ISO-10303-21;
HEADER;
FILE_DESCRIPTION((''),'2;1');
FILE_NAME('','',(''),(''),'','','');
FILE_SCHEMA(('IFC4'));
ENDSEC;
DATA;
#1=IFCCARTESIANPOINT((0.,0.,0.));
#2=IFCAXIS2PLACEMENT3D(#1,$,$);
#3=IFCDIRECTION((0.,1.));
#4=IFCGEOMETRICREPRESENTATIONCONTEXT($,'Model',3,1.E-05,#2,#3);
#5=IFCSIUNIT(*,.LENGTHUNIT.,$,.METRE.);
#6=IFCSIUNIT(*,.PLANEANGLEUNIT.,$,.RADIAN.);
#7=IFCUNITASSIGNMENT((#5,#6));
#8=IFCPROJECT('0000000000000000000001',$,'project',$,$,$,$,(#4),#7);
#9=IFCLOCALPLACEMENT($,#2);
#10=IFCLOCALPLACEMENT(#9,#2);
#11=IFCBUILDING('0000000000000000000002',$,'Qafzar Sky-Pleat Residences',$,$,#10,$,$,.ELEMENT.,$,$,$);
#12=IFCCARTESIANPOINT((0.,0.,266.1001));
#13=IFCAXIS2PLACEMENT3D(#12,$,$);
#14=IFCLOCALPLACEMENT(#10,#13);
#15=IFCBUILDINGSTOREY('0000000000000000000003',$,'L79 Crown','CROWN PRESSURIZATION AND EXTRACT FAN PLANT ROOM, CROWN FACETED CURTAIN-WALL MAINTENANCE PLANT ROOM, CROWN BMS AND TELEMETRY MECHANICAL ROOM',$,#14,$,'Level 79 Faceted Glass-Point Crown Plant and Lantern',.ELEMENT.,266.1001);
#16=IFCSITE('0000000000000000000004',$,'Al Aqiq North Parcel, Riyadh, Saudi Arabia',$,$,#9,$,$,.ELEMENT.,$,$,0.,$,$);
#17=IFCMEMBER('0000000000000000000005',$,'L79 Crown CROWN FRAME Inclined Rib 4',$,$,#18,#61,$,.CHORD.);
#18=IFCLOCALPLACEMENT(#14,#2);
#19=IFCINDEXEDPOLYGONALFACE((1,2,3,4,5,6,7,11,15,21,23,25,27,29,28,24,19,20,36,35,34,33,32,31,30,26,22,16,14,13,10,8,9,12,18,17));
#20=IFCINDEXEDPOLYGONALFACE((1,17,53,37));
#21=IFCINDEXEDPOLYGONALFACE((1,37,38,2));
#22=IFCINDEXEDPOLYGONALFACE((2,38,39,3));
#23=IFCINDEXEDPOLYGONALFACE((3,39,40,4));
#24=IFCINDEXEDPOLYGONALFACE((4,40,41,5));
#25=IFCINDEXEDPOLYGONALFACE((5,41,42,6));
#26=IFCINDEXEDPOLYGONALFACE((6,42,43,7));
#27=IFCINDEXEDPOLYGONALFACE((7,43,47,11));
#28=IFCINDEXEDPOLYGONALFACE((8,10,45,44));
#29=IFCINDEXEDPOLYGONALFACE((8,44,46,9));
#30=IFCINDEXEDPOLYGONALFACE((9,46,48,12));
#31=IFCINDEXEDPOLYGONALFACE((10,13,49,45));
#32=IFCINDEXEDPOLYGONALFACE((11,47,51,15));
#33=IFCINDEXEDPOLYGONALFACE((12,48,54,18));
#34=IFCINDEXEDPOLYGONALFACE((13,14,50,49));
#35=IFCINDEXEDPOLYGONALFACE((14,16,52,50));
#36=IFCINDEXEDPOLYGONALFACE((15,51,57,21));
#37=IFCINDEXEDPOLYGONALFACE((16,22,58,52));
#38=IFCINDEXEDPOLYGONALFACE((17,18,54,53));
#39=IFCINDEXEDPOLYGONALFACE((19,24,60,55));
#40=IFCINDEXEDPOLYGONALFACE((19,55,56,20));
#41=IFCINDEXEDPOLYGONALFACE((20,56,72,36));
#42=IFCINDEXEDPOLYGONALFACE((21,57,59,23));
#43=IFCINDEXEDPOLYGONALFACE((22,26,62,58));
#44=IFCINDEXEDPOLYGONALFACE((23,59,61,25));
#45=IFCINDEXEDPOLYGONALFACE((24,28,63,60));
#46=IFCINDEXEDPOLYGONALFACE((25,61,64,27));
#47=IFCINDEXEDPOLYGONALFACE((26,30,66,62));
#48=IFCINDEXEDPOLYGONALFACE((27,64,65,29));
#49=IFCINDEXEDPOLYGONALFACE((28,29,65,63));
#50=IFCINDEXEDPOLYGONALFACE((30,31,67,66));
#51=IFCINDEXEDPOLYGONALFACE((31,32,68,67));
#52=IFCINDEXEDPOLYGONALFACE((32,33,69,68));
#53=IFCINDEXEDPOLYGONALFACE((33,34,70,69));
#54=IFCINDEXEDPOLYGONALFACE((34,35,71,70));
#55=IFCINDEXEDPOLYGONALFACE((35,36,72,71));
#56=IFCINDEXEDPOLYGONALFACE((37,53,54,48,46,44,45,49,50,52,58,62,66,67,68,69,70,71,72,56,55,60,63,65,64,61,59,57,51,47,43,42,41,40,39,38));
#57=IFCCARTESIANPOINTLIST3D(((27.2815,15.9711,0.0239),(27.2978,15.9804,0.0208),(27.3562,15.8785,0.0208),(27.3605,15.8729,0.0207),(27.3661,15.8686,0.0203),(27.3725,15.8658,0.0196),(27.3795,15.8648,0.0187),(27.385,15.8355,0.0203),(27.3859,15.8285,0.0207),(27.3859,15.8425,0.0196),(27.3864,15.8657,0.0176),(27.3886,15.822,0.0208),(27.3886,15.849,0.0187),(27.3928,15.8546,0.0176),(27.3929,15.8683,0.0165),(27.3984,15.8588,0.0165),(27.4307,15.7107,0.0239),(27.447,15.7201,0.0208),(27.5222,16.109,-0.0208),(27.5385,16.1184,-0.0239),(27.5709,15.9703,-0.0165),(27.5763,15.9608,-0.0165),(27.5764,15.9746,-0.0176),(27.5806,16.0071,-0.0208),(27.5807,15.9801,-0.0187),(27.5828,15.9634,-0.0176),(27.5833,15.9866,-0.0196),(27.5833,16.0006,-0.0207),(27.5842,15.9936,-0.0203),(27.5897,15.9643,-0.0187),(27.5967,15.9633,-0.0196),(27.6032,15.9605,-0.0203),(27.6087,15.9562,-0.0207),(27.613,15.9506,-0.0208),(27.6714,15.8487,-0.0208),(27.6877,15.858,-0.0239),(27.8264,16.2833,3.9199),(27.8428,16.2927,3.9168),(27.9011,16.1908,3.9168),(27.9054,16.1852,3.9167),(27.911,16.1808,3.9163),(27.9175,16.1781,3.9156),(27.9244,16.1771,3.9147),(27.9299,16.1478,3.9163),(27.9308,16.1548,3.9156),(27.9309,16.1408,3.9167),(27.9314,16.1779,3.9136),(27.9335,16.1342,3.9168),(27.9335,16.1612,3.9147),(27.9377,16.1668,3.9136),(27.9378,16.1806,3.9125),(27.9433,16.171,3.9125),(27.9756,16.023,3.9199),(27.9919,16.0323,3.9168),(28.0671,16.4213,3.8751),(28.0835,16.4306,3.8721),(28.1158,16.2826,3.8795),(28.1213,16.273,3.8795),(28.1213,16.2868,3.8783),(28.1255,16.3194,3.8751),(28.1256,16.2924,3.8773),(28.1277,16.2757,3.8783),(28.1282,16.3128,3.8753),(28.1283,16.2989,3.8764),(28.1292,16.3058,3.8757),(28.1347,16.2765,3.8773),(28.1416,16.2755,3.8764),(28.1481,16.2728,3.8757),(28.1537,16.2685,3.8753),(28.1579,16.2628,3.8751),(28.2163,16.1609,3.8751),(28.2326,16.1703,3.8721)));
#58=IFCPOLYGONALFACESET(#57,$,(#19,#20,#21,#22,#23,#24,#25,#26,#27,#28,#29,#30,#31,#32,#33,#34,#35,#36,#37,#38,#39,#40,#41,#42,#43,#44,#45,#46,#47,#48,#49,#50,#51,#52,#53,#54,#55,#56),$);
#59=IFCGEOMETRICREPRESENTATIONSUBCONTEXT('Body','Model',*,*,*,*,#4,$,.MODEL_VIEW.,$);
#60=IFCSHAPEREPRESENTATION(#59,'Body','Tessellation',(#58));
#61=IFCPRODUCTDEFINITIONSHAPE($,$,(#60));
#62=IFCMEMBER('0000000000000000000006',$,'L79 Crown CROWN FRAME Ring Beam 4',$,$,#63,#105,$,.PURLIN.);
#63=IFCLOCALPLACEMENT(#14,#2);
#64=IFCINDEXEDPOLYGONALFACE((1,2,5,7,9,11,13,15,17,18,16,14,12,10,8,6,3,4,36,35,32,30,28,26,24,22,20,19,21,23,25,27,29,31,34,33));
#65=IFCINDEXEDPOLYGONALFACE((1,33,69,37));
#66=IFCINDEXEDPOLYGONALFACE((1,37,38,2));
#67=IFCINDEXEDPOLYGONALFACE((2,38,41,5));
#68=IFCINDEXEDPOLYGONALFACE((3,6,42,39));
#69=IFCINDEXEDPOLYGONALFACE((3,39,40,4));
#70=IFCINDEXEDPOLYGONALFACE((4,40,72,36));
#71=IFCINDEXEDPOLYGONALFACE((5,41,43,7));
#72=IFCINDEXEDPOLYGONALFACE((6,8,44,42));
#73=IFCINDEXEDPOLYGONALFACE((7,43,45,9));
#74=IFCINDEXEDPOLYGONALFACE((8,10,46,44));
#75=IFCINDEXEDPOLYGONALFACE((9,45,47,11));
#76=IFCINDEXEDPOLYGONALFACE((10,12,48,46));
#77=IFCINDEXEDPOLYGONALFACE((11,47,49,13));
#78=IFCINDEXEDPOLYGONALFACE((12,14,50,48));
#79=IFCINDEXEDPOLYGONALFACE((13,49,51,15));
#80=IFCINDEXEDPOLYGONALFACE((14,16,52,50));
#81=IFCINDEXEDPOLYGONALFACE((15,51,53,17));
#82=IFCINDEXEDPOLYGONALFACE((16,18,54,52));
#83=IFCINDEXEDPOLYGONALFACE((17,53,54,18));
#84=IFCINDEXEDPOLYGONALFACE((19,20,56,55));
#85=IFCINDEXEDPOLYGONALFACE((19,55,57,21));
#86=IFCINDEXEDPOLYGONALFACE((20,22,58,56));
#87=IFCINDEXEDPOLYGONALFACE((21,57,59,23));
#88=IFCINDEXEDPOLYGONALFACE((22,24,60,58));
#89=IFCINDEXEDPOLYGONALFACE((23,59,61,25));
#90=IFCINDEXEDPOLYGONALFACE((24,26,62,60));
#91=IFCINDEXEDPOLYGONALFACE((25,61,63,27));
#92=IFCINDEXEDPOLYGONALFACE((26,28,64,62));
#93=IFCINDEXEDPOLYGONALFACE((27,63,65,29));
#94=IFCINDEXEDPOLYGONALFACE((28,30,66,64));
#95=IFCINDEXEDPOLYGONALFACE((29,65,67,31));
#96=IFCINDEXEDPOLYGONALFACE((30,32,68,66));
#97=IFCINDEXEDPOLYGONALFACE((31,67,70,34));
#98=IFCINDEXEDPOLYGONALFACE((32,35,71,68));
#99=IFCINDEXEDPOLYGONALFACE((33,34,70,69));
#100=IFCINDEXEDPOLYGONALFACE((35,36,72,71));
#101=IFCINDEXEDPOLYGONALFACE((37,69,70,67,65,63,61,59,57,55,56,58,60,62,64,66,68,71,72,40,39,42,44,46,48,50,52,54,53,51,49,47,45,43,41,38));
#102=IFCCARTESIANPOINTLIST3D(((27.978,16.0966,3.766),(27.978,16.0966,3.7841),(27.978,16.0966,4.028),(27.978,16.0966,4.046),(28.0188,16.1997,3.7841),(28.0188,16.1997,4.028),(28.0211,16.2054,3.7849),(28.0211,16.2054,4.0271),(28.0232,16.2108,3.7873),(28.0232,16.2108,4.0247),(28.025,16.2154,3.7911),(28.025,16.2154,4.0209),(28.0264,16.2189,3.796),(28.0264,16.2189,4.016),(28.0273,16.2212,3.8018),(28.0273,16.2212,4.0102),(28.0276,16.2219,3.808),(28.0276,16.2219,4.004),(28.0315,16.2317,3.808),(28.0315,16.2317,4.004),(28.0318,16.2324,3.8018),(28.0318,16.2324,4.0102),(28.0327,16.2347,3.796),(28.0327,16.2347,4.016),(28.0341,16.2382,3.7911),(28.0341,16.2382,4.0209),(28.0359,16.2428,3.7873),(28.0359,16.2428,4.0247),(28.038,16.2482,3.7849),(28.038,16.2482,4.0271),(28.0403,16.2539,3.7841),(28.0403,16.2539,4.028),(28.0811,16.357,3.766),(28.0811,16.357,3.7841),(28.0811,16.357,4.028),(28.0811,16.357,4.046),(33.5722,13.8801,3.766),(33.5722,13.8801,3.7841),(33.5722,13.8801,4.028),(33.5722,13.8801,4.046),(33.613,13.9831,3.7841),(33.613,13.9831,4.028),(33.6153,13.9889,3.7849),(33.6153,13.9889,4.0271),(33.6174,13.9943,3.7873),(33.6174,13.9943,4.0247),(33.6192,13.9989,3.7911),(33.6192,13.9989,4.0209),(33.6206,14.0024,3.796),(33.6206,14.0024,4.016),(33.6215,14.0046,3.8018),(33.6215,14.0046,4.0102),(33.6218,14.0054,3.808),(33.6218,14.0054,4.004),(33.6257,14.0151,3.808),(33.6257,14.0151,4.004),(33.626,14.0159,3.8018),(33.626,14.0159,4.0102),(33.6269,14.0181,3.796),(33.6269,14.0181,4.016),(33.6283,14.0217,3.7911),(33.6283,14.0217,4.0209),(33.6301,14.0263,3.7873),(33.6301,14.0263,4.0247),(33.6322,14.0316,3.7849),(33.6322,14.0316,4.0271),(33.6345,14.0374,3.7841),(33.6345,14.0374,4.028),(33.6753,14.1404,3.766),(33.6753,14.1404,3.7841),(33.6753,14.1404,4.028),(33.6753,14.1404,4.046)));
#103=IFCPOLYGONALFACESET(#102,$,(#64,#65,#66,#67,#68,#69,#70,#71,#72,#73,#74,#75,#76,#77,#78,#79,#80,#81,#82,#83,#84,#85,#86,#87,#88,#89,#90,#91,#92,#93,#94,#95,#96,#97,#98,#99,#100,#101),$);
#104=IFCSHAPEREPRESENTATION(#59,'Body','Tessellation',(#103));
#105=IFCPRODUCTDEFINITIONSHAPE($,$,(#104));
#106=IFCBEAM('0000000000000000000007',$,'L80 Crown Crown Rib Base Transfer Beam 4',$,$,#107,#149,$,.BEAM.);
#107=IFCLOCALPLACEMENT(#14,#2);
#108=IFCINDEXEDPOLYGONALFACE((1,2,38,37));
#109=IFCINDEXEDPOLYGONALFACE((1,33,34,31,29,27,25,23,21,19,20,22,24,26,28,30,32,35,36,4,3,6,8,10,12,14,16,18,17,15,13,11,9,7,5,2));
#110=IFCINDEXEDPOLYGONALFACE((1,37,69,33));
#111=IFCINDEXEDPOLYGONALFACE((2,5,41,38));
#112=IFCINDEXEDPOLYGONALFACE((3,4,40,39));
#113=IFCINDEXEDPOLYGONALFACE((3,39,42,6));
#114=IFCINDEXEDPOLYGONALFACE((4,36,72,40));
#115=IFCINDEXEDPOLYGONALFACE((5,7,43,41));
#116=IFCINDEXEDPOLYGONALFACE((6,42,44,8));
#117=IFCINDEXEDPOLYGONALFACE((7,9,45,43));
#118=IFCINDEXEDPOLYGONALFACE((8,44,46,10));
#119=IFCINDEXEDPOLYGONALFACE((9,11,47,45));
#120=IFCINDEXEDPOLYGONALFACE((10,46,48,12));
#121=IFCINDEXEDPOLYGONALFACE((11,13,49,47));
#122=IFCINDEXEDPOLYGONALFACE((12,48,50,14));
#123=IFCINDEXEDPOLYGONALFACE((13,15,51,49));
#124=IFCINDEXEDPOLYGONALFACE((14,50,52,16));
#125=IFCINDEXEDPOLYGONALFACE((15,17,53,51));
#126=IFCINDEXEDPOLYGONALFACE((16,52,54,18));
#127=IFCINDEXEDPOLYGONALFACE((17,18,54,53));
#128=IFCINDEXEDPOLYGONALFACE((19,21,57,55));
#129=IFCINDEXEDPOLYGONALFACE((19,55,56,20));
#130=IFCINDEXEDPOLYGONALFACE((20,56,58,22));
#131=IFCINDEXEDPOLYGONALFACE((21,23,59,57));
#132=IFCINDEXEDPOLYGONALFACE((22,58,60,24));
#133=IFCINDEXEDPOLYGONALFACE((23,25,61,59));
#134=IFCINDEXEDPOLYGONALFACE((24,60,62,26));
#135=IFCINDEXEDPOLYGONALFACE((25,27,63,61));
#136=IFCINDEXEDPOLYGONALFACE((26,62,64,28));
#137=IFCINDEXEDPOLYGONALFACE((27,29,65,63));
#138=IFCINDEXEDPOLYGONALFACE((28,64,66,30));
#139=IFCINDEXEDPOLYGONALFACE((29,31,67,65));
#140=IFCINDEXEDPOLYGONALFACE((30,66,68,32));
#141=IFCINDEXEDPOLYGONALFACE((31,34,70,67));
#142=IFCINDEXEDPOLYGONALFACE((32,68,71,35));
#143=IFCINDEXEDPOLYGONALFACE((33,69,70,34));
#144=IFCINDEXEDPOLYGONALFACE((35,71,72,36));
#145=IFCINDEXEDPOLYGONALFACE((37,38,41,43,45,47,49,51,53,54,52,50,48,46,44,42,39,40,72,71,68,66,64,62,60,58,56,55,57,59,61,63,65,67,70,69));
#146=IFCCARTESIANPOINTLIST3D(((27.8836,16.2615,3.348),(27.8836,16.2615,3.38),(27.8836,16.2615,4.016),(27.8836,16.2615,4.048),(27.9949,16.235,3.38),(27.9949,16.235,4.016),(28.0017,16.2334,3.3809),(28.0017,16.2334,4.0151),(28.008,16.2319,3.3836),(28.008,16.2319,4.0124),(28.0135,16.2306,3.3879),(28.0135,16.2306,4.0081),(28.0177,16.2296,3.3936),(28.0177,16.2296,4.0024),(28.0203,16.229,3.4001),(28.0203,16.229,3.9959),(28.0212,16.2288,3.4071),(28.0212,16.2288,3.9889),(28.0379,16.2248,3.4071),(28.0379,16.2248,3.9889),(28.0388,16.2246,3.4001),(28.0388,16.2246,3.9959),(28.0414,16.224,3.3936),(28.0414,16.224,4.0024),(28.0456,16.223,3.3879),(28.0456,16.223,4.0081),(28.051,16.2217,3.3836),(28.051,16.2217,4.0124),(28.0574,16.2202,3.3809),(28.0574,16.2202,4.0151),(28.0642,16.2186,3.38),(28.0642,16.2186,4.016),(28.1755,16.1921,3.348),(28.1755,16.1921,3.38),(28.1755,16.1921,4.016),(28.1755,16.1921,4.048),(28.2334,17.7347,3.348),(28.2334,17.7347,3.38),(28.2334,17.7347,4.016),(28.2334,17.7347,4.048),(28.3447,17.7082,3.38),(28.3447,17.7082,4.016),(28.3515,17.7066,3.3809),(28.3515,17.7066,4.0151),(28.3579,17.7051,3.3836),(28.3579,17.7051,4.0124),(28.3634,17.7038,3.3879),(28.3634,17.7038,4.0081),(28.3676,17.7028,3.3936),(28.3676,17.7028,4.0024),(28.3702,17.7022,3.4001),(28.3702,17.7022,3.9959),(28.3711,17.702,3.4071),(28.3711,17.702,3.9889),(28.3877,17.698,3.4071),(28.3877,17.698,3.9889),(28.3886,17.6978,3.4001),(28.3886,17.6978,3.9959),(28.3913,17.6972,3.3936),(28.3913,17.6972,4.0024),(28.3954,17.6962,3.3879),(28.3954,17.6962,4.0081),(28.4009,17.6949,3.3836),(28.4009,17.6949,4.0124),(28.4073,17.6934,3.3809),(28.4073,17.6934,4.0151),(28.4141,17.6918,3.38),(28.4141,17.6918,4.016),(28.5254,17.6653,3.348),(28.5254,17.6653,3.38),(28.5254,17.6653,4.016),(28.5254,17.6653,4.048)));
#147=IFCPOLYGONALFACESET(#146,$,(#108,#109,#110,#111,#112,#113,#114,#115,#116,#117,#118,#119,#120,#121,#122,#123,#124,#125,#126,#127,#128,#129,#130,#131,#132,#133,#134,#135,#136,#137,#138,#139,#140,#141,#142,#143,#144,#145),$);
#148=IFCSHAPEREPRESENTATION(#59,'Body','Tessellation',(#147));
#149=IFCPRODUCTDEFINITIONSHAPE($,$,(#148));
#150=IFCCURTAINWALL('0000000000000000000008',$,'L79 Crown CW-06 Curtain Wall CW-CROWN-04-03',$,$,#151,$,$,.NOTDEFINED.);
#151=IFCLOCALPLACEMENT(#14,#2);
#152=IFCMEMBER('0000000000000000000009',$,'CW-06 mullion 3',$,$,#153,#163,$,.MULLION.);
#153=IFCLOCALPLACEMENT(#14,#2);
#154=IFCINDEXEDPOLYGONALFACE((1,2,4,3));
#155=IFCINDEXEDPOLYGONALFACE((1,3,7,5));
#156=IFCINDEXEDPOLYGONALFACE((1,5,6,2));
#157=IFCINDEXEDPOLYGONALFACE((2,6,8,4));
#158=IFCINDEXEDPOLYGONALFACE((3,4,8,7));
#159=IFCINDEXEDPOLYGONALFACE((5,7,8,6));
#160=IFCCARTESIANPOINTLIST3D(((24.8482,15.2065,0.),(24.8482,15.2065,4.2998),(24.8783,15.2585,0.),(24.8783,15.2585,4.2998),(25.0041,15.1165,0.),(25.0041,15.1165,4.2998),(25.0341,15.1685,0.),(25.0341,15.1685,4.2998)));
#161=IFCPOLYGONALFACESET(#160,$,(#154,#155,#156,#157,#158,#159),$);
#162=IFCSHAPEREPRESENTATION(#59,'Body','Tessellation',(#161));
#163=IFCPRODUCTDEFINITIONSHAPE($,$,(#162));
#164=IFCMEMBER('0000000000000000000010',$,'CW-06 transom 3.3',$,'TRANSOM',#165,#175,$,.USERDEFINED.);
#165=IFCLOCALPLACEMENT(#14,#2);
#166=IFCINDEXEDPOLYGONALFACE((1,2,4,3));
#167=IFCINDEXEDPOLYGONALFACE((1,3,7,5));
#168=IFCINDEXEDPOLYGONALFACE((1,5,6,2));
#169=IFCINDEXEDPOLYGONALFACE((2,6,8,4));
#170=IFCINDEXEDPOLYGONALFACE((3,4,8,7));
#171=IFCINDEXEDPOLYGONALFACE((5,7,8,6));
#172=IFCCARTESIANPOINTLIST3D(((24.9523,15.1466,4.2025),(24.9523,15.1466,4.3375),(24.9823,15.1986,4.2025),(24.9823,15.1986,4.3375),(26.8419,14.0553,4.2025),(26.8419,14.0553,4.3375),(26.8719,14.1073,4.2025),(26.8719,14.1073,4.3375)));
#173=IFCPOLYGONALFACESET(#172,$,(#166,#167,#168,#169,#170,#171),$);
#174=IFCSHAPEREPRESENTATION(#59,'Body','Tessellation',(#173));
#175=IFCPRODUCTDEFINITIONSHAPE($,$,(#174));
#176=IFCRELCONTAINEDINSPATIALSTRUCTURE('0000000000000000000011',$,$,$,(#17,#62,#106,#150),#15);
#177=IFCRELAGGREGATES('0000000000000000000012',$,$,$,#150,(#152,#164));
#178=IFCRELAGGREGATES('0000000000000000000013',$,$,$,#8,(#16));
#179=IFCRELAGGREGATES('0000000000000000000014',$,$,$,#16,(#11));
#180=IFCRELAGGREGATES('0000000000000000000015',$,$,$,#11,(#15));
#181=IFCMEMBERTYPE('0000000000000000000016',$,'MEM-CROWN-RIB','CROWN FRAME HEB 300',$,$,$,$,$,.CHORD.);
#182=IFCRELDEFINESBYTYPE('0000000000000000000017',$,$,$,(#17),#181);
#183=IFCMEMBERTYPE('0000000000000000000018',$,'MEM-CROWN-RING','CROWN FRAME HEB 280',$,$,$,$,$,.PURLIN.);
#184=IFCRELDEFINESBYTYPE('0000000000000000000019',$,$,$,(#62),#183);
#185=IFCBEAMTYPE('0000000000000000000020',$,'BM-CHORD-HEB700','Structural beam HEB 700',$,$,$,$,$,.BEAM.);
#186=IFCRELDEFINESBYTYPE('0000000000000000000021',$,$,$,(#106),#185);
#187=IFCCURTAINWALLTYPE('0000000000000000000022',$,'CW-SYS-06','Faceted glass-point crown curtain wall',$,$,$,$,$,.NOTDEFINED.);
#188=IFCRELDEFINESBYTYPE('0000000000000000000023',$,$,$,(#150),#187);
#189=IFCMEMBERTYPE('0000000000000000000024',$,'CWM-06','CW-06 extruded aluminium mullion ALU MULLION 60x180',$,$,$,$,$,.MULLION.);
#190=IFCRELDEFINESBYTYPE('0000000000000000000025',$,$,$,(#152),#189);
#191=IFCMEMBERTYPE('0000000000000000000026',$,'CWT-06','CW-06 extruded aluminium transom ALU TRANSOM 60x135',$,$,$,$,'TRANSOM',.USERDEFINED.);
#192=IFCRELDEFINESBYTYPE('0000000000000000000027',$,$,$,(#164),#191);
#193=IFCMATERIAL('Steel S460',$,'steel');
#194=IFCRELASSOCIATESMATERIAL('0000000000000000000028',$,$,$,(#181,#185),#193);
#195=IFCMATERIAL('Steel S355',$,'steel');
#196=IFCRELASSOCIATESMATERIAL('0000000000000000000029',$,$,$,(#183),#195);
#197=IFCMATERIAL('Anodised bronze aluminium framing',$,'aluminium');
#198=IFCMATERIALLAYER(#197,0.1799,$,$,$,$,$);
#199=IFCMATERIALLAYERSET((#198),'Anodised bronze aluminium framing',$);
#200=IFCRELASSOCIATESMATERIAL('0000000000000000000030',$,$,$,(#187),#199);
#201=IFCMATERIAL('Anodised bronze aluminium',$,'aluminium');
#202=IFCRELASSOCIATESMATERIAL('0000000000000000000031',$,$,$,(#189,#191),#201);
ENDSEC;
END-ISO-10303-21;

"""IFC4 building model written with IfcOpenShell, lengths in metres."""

from ifc_helpers import new_model, si_unit, direction, frame, origin, origin_2d, place, context, subcontext, project, spatial, rectangle, i_section, extrude, source, transform, mapped, material, layer, layer_set, material_profile, profile_set, type_object, element, aggregate, save


model = new_model("IFC4")

# Units and contexts
model_context = context("Model", 3, precision=1e-05, world=origin(), true_north=direction((0.0, 1.0)))
body_context = subcontext(model_context, "Body", "Model", "MODEL_VIEW")
ifc_project = project(units=[si_unit("LENGTHUNIT", "METRE"), si_unit("PLANEANGLEUNIT", "RADIAN")], contexts=[model_context])

# Site, building, storey
site_placement = place(None, origin())
site = spatial("IfcSite", under=ifc_project, at=site_placement, Name="Al Aqiq North Parcel, Riyadh, Saudi Arabia", CompositionType="ELEMENT", RefElevation=0.0)
building_placement = place(site_placement, origin())
building = spatial("IfcBuilding", under=site, at=building_placement, Name="Qafzar Sky-Pleat Residences", CompositionType="ELEMENT")
storey_placement = place(building_placement, frame((0.0, 0.0, 266.1001)))
storey = spatial("IfcBuildingStorey", under=building, at=storey_placement, Name="L79 Crown", Description="CROWN PRESSURIZATION AND EXTRACT FAN PLANT ROOM, CROWN FACETED CURTAIN-WALL MAINTENANCE PLANT ROOM, CROWN BMS AND TELEMETRY MECHANICAL ROOM", LongName="Level 79 Faceted Glass-Point Crown Plant and Lantern", CompositionType="ELEMENT", Elevation=266.1001)

# Members
ifc_material_1 = material(Name="Steel S460", Category="steel")
ifc_material_profile_1 = material_profile(ifc_material_1, i_section(OverallWidth=0.3, OverallDepth=0.3, WebThickness=0.011, FlangeThickness=0.019, FilletRadius=0.0271, at=origin_2d()), Name="HEB 300")
ifc_profile_set_1 = profile_set([ifc_material_profile_1], Name="Steel S460")
member_type_1 = type_object("IfcMemberType", Name="MEM-CROWN-RIB", Description="CROWN FRAME HEB 300", PredefinedType="CHORD", material=ifc_profile_set_1)
shared_shape_1 = source(origin(), body_context, "Body", "SweptSolid", [
    extrude(i_section(OverallWidth=0.3, OverallDepth=0.3, WebThickness=0.011, FlangeThickness=0.019, FilletRadius=0.0271, at=origin_2d()), origin(), (0.0, 0.0, 1.0), 3.9463),
])
member_1_placement = place(storey_placement, frame((27.4846, 15.9146, 0.0), z_axis=(0.138084, 0.079126, 0.987255), x_axis=(-0.497185, 0.867644, 0.0)))
element("IfcMember", 1, at=member_1_placement, inside=storey, type_object=member_type_1, Name="L79 Crown CROWN FRAME Inclined Rib 4", PredefinedType="CHORD", context=body_context, shape_type="MappedRepresentation", body=[
    mapped(shared_shape_1, transform((0.0, 0.0, 0.0), x_axis=(1.0, 0.0, 0.0), y_axis=(0.0, 1.0, 0.0), z_axis=(0.0, 0.0, 1.0), scale=1.0)),
])
ifc_material_2 = material(Name="Steel S355", Category="steel")
ifc_material_profile_2 = material_profile(ifc_material_2, i_section(OverallWidth=0.28, OverallDepth=0.28, WebThickness=0.0105, FlangeThickness=0.0181, FilletRadius=0.0239, at=origin_2d()), Name="HEB 280")
ifc_profile_set_2 = profile_set([ifc_material_profile_2], Name="Steel S355")
member_type_2 = type_object("IfcMemberType", Name="MEM-CROWN-RING", Description="CROWN FRAME HEB 280", PredefinedType="PURLIN", material=ifc_profile_set_2)
shared_shape_2 = source(origin(), body_context, "Body", "SweptSolid", [
    extrude(i_section(OverallWidth=0.28, OverallDepth=0.28, WebThickness=0.0105, FlangeThickness=0.0181, FilletRadius=0.0239, at=origin_2d()), origin(), (0.0, 0.0, 1.0), 6.0173),
])
member_2_placement = place(storey_placement, frame((28.0295, 16.2268, 3.906), z_axis=(0.929683, -0.36836, 0.0), x_axis=(0.36836, 0.929683, 0.0)))
element("IfcMember", 2, at=member_2_placement, inside=storey, type_object=member_type_2, Name="L79 Crown CROWN FRAME Ring Beam 4", PredefinedType="PURLIN", context=body_context, shape_type="MappedRepresentation", body=[
    mapped(shared_shape_2, transform((0.0, 0.0, 0.0), x_axis=(1.0, 0.0, 0.0), y_axis=(0.0, 1.0, 0.0), z_axis=(0.0, 0.0, 1.0), scale=1.0)),
])

# Beam
ifc_material_profile_3 = material_profile(ifc_material_1, i_section(OverallWidth=0.3, OverallDepth=0.7, WebThickness=0.0171, FlangeThickness=0.032, FilletRadius=0.0271, at=origin_2d()), Name="HEB 700")
ifc_profile_set_3 = profile_set([ifc_material_profile_3], Name="Steel S460")
beam_type = type_object("IfcBeamType", Name="BM-CHORD-HEB700", Description="Structural beam HEB 700", PredefinedType="BEAM", material=ifc_profile_set_3)
shared_shape_3 = source(origin(), body_context, "Body", "SweptSolid", [
    extrude(i_section(OverallWidth=0.3, OverallDepth=0.7, WebThickness=0.0171, FlangeThickness=0.032, FilletRadius=0.0271, at=origin_2d()), origin(), (0.0, 0.0, 1.0), 1.5142),
])
beam_placement = place(storey_placement, frame((28.0295, 16.2268, 3.698), z_axis=(0.231061, 0.972939, 0.0), x_axis=(-0.972939, 0.231061, 0.0)))
element("IfcBeam", 3, at=beam_placement, inside=storey, type_object=beam_type, Name="L80 Crown Crown Rib Base Transfer Beam 4", PredefinedType="BEAM", context=body_context, shape_type="MappedRepresentation", body=[
    mapped(shared_shape_3, transform((0.0, 0.0, 0.0), x_axis=(1.0, 0.0, 0.0), y_axis=(0.0, 1.0, 0.0), z_axis=(0.0, 0.0, 1.0), scale=1.0)),
])

# Curtain wall, members
ifc_material_3 = material(Name="Anodised bronze aluminium framing", Category="aluminium")
ifc_layer_1 = layer(ifc_material_3, 0.1799)
ifc_layer_set_1 = layer_set([ifc_layer_1], Name="Anodised bronze aluminium framing")
curtain_wall_type = type_object("IfcCurtainWallType", Name="CW-SYS-06", Description="Faceted glass-point crown curtain wall", PredefinedType="NOTDEFINED", material=ifc_layer_set_1)
curtain_wall_placement = place(storey_placement, origin())
curtain_wall = element("IfcCurtainWall", 4, at=curtain_wall_placement, inside=storey, type_object=curtain_wall_type, Name="L79 Crown CW-06 Curtain Wall CW-CROWN-04-03", PredefinedType="NOTDEFINED")
ifc_material_4 = material(Name="Anodised bronze aluminium", Category="aluminium")
ifc_material_profile_4 = material_profile(ifc_material_4, rectangle(XDim=0.0601, YDim=0.1799, at=origin_2d()), Name="ALU MULLION 60x180")
ifc_profile_set_4 = profile_set([ifc_material_profile_4], Name="Anodised bronze aluminium")
member_type_3 = type_object("IfcMemberType", Name="CWM-06", Description="CW-06 extruded aluminium mullion ALU MULLION 60x180", PredefinedType="MULLION", material=ifc_profile_set_4)
shared_shape_4 = source(origin(), body_context, "Body", "SweptSolid", [
    extrude(rectangle(XDim=0.0601, YDim=0.1799, at=origin_2d()), origin(), (0.0, 0.0, 1.0), 4.2998),
])
member_3_placement = place(storey_placement, frame((24.9412, 15.1875, 0.0), z_axis=(0.0, 0.0, 1.0), x_axis=(0.500003, 0.866024, 0.0)))
member_3 = element("IfcMember", 5, at=member_3_placement, type_object=member_type_3, Name="CW-06 mullion 3", PredefinedType="MULLION", context=body_context, shape_type="MappedRepresentation", body=[
    mapped(shared_shape_4, transform((0.0, 0.0, 0.0), x_axis=(1.0, 0.0, 0.0), y_axis=(0.0, 1.0, 0.0), z_axis=(0.0, 0.0, 1.0), scale=1.0)),
])
ifc_material_profile_5 = material_profile(ifc_material_4, rectangle(XDim=0.0601, YDim=0.135, at=origin_2d()), Name="ALU TRANSOM 60x135")
ifc_profile_set_5 = profile_set([ifc_material_profile_5], Name="Anodised bronze aluminium")
member_type_4 = type_object("IfcMemberType", Name="CWT-06", Description="CW-06 extruded aluminium transom ALU TRANSOM 60x135", ElementType="TRANSOM", PredefinedType="USERDEFINED", material=ifc_profile_set_5)
shared_shape_5 = source(origin(), body_context, "Body", "SweptSolid", [
    extrude(rectangle(XDim=0.0601, YDim=0.135, at=origin_2d()), origin(), (0.0, 0.0, 1.0), 2.1821),
])
member_4_placement = place(storey_placement, frame((24.9673, 15.1726, 4.27), z_axis=(0.865962, -0.50011, 0.0), x_axis=(0.50011, 0.865962, 0.0)))
member_4 = element("IfcMember", 6, at=member_4_placement, type_object=member_type_4, Name="CW-06 transom 3.3", ObjectType="TRANSOM", PredefinedType="USERDEFINED", context=body_context, shape_type="MappedRepresentation", body=[
    mapped(shared_shape_5, transform((0.0, 0.0, 0.0), x_axis=(1.0, 0.0, 0.0), y_axis=(0.0, 1.0, 0.0), z_axis=(0.0, 0.0, 1.0), scale=1.0)),
])
aggregate(curtain_wall, [member_3, member_4])

save(model, "model.ifc")
